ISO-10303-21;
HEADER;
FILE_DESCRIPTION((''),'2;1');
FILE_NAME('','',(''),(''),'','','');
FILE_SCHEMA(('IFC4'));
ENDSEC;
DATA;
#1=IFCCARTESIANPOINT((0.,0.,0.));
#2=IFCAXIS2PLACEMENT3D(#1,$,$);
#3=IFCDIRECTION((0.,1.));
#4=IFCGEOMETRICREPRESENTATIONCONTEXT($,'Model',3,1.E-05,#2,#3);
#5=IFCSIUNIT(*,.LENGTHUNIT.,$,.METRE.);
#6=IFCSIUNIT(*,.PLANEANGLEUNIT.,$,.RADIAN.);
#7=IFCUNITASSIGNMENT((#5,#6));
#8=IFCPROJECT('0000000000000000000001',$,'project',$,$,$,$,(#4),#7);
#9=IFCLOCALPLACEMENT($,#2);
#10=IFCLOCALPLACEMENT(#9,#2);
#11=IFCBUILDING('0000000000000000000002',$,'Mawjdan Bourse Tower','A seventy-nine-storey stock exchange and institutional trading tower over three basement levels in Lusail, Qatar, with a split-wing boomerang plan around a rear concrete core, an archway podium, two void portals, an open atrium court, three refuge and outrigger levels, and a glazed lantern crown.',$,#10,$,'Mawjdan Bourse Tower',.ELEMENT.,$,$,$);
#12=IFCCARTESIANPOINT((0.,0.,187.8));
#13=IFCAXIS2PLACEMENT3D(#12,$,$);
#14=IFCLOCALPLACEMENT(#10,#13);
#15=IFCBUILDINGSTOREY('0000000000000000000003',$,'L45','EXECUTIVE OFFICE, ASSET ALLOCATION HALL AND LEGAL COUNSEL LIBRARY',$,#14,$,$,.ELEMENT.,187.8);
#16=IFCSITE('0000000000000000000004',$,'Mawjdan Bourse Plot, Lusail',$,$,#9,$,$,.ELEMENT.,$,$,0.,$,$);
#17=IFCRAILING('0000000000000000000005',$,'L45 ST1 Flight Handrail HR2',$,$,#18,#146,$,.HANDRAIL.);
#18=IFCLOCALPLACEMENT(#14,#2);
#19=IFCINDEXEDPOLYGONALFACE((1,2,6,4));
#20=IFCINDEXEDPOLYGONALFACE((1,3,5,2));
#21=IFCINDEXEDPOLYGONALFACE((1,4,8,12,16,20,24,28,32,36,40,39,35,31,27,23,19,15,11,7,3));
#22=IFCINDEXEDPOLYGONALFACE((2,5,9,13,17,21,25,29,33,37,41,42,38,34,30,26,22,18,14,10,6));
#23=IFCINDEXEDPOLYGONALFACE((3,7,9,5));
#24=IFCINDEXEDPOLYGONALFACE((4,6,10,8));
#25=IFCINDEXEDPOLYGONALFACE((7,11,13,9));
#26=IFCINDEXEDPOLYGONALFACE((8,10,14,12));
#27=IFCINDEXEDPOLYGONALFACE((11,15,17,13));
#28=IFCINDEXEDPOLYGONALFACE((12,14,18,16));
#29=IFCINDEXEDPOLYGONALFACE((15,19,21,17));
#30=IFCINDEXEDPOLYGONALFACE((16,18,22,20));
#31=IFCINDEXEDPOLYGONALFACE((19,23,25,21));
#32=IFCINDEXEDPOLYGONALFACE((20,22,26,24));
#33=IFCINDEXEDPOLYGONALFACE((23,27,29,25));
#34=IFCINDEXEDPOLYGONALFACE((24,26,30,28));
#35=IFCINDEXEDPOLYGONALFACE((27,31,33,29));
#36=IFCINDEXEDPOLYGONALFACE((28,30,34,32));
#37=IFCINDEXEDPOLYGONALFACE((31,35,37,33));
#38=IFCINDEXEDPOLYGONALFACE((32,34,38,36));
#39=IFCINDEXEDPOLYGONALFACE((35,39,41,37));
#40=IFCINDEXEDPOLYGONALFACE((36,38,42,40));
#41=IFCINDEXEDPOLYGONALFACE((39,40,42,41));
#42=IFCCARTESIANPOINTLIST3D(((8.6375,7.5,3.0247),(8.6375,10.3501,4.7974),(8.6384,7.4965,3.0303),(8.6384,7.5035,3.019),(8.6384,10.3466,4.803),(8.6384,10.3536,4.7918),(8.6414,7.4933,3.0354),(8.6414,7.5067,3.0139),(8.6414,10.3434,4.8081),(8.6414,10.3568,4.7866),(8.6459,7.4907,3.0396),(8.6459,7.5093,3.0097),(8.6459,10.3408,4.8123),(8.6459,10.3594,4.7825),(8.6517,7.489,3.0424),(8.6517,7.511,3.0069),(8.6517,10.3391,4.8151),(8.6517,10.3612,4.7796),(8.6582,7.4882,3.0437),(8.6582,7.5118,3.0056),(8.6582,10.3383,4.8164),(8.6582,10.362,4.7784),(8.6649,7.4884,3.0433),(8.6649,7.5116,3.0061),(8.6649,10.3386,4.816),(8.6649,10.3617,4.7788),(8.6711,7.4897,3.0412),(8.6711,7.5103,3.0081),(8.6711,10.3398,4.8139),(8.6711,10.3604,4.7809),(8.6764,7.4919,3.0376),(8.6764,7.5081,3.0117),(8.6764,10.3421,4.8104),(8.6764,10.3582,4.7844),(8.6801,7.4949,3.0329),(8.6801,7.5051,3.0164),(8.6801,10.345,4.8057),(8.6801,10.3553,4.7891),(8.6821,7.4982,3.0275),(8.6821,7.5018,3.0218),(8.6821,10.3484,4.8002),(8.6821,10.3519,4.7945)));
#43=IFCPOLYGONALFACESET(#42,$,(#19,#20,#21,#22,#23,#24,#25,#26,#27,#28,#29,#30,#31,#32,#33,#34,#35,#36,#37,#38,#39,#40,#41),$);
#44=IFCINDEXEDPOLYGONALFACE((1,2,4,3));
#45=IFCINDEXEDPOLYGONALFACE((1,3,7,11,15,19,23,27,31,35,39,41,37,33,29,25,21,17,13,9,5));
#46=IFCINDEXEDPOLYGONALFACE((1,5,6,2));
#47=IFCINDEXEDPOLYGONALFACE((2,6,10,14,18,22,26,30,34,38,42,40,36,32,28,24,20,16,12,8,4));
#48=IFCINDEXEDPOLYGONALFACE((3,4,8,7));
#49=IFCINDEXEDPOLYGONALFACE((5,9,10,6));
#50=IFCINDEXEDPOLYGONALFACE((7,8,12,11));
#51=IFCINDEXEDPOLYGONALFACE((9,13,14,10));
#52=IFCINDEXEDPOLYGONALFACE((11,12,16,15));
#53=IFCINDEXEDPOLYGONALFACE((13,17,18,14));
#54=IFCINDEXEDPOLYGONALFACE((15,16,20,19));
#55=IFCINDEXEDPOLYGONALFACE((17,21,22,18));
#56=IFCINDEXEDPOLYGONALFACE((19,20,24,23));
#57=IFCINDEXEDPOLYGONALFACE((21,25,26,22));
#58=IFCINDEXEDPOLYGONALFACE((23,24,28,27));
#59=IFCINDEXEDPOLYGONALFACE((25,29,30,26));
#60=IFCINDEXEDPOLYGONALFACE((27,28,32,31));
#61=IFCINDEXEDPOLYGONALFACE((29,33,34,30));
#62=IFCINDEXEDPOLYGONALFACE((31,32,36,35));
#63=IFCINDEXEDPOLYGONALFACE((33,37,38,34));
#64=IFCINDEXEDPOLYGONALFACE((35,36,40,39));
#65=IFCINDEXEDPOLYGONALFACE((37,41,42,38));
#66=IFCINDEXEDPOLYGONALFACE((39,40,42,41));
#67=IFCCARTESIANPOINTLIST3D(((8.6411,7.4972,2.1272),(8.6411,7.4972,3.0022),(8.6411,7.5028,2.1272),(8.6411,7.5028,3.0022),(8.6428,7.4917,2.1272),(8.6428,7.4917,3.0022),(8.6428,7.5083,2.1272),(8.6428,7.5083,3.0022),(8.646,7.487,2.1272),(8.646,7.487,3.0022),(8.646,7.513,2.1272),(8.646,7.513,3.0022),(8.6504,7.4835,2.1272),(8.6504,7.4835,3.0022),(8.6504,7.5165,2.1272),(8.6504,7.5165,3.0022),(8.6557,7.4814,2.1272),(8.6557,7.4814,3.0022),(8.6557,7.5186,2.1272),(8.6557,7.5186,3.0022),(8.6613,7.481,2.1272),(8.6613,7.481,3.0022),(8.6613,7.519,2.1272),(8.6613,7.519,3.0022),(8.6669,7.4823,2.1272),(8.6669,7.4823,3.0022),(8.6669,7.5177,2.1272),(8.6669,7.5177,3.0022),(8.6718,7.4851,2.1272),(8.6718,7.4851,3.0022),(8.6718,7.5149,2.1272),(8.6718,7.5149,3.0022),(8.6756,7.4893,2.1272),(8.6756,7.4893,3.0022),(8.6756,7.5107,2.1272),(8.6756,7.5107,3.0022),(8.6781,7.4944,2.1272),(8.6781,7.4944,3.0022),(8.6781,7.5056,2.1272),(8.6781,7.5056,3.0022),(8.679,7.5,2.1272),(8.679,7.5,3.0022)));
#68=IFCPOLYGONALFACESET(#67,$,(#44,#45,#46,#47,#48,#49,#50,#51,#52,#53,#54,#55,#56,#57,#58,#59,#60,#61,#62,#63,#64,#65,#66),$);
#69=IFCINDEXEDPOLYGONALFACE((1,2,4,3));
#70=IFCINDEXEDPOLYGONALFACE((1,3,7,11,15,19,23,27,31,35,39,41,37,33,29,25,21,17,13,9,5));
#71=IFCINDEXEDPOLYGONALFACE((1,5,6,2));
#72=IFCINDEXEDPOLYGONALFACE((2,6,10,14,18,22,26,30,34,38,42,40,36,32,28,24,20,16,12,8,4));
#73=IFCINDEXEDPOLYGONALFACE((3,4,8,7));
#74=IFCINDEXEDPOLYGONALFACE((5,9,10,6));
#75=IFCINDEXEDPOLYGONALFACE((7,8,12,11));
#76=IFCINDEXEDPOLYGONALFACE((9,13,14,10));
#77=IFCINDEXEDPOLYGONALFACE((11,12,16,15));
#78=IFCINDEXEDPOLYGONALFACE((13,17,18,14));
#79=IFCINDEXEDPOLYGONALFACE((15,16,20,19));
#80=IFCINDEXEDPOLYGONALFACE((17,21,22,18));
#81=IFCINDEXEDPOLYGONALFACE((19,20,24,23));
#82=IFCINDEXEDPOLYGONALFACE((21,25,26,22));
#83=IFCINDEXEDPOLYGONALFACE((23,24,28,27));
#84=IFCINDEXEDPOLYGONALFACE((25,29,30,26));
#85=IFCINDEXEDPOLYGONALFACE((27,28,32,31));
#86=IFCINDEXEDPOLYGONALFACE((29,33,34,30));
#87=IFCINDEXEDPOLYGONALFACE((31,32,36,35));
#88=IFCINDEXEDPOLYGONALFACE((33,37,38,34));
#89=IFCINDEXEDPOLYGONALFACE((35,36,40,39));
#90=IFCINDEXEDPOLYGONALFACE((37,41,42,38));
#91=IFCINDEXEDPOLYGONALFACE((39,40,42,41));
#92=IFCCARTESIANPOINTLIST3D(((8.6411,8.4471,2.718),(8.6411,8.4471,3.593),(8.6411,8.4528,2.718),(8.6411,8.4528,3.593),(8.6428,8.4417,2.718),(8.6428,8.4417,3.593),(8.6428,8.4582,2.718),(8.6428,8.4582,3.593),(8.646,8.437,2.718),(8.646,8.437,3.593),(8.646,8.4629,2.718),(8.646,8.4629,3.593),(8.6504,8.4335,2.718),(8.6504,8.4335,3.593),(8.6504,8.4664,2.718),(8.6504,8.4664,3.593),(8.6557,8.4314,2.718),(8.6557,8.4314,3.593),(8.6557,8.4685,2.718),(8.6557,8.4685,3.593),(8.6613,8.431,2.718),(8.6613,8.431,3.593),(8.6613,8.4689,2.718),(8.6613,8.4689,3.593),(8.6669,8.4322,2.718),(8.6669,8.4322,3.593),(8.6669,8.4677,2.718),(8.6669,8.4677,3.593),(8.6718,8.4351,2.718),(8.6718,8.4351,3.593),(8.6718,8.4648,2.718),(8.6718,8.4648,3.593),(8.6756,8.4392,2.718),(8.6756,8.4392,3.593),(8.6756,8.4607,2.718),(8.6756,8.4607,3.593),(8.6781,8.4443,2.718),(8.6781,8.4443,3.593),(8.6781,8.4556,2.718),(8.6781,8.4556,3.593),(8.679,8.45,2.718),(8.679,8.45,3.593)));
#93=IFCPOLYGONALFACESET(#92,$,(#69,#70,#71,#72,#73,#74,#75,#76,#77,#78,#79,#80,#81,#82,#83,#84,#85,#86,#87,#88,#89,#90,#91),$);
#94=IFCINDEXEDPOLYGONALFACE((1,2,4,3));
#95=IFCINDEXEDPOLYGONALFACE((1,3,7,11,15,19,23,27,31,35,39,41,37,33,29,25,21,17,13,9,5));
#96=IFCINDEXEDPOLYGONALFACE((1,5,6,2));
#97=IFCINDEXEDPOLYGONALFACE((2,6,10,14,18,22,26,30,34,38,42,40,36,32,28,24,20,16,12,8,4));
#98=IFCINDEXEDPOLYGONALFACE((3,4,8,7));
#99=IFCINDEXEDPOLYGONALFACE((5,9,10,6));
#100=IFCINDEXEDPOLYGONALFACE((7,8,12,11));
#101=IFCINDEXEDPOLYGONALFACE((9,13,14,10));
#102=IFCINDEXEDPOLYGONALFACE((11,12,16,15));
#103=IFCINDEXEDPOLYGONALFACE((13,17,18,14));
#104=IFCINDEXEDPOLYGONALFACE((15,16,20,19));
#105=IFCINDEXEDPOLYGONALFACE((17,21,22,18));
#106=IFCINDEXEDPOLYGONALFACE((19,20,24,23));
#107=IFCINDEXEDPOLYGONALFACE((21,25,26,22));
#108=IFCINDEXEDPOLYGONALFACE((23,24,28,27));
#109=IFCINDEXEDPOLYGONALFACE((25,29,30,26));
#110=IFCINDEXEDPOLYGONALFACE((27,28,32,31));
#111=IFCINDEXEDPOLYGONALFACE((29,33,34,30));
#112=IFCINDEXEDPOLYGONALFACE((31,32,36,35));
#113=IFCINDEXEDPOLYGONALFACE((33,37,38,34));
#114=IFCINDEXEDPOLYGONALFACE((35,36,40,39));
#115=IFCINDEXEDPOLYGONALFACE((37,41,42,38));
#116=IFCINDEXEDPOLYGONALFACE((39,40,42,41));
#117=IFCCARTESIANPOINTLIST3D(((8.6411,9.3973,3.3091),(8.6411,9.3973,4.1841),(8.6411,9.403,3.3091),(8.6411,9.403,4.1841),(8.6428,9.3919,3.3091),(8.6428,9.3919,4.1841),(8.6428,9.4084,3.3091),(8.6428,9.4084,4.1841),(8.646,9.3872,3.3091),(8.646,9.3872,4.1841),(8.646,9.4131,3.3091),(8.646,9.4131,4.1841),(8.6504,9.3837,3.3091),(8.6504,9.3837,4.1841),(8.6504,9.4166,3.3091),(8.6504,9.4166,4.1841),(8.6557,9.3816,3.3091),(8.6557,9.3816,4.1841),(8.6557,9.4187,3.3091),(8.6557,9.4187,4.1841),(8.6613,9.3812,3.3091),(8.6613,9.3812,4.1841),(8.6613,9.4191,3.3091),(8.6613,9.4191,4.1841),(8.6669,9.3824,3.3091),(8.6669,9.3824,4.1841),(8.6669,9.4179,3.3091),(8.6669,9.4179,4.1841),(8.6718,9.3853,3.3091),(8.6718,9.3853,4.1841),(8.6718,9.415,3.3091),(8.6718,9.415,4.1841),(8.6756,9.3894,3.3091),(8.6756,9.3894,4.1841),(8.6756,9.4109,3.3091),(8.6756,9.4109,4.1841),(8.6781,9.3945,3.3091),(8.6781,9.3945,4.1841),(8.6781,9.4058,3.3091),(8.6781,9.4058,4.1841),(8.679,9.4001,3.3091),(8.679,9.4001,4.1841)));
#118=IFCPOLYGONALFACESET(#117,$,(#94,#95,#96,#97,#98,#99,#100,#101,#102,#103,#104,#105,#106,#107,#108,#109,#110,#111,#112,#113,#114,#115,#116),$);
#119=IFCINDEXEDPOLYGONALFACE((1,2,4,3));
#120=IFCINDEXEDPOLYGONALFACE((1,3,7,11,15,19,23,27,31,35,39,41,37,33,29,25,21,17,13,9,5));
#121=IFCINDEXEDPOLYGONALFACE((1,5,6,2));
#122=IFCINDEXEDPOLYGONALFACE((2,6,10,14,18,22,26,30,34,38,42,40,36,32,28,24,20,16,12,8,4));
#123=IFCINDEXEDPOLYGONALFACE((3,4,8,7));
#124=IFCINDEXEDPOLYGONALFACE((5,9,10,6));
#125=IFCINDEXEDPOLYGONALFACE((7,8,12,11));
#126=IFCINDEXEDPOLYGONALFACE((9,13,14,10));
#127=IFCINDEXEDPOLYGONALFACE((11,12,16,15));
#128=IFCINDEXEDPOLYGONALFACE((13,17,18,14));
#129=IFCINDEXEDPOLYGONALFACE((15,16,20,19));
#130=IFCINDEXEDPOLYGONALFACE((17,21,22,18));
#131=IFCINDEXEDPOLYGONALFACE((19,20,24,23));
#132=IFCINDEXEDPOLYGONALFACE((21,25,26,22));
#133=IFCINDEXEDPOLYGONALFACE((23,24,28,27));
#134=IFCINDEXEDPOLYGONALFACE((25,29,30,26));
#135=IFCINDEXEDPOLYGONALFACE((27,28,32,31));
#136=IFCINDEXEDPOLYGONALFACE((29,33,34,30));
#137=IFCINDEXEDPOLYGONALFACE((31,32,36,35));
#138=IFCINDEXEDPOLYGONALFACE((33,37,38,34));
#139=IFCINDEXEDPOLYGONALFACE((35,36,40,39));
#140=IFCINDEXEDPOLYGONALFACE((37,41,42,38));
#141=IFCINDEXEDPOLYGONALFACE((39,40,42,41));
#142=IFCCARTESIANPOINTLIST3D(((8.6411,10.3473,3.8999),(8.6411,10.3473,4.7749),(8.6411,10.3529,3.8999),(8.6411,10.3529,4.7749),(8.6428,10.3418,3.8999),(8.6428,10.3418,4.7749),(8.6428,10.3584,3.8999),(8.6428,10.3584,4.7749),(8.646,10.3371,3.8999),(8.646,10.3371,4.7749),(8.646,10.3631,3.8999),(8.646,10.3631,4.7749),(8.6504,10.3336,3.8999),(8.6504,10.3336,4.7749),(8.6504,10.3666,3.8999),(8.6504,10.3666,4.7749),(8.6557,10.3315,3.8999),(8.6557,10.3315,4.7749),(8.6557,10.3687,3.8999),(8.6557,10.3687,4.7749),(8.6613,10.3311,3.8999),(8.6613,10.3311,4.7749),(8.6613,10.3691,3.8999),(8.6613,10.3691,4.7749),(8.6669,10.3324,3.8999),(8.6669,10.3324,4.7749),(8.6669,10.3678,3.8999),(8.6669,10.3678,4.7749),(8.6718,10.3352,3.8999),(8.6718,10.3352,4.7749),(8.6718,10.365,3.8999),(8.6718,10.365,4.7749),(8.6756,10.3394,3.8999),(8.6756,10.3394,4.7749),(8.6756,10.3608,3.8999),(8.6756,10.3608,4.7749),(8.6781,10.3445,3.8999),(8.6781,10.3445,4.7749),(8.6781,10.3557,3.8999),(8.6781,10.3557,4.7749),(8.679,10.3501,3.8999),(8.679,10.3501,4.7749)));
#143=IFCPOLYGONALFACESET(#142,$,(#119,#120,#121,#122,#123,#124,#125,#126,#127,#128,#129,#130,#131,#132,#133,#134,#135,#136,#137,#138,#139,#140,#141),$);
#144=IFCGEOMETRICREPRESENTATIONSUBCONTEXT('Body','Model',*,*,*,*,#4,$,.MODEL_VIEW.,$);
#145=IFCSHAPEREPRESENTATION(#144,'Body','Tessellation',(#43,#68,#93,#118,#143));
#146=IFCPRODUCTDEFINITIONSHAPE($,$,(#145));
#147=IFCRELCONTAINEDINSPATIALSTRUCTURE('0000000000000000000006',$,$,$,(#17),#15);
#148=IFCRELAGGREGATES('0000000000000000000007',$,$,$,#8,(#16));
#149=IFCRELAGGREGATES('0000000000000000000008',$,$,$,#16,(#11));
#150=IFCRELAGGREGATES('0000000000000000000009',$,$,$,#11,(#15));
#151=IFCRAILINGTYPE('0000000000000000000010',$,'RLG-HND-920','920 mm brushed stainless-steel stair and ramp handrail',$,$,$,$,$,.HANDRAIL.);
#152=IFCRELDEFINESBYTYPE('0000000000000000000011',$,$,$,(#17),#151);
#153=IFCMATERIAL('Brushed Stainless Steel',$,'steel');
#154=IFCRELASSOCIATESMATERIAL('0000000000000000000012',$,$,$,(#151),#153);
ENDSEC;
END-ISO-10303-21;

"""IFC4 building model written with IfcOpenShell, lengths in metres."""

from ifc_helpers import new_model, si_unit, direction, frame, origin, origin_2d, place, context, subcontext, project, spatial, circle, extrude, material, type_object, element, save


model = new_model("IFC4")

# Units and contexts
model_context = context("Model", 3, precision=1e-05, world=origin(), true_north=direction((0.0, 1.0)))
body_context = subcontext(model_context, "Body", "Model", "MODEL_VIEW")
ifc_project = project(units=[si_unit("LENGTHUNIT", "METRE"), si_unit("PLANEANGLEUNIT", "RADIAN")], contexts=[model_context])

# Site, building, storey
site_placement = place(None, origin())
site = spatial("IfcSite", under=ifc_project, at=site_placement, Name="Mawjdan Bourse Plot, Lusail", CompositionType="ELEMENT", RefElevation=0.0)
building_placement = place(site_placement, origin())
building = spatial("IfcBuilding", under=site, at=building_placement, Name="Mawjdan Bourse Tower", Description="A seventy-nine-storey stock exchange and institutional trading tower over three basement levels in Lusail, Qatar, with a split-wing boomerang plan around a rear concrete core, an archway podium, two void portals, an open atrium court, three refuge and outrigger levels, and a glazed lantern crown.", LongName="Mawjdan Bourse Tower", CompositionType="ELEMENT")
storey_placement = place(building_placement, frame((0.0, 0.0, 187.8)))
storey = spatial("IfcBuildingStorey", under=building, at=storey_placement, Name="L45", Description="EXECUTIVE OFFICE, ASSET ALLOCATION HALL AND LEGAL COUNSEL LIBRARY", CompositionType="ELEMENT", Elevation=187.8)

# Shared definitions
ifc_material_1 = material(Name="Brushed Stainless Steel", Category="steel")

# Railing
railing_type_1 = type_object("IfcRailingType", Name="RLG-HND-920", Description="920 mm brushed stainless-steel stair and ramp handrail", PredefinedType="HANDRAIL", material=ifc_material_1)
railing_1_placement = place(storey_placement, frame((8.6599, 7.5, 2.1272)))
element("IfcRailing", 1, at=railing_1_placement, inside=storey, type_object=railing_type_1, Name="L45 ST1 Flight Handrail HR2", PredefinedType="HANDRAIL", context=body_context, shape_type="SweptSolid", body=[
    extrude(circle(Radius=0.0225, at=origin_2d()), frame((0.0, 0.0, 0.8975), z_axis=(0.0, 0.849149, 0.528154), x_axis=(-1.0, 0.0, 0.0)), (0.0, 0.0, 1.0), 3.3564),
    extrude(circle(Radius=0.019, at=origin_2d()), origin(), (0.0, 0.0, 1.0), 0.875),
    extrude(circle(Radius=0.019, at=origin_2d()), frame((0.0, 0.95, 0.5908)), (0.0, 0.0, 1.0), 0.875),
    extrude(circle(Radius=0.019, at=origin_2d()), frame((0.0, 1.9001, 1.1819)), (0.0, 0.0, 1.0), 0.875),
    extrude(circle(Radius=0.019, at=origin_2d()), frame((0.0, 2.8501, 1.7727)), (0.0, 0.0, 1.0), 0.875),
])

save(model, "model.ifc")
